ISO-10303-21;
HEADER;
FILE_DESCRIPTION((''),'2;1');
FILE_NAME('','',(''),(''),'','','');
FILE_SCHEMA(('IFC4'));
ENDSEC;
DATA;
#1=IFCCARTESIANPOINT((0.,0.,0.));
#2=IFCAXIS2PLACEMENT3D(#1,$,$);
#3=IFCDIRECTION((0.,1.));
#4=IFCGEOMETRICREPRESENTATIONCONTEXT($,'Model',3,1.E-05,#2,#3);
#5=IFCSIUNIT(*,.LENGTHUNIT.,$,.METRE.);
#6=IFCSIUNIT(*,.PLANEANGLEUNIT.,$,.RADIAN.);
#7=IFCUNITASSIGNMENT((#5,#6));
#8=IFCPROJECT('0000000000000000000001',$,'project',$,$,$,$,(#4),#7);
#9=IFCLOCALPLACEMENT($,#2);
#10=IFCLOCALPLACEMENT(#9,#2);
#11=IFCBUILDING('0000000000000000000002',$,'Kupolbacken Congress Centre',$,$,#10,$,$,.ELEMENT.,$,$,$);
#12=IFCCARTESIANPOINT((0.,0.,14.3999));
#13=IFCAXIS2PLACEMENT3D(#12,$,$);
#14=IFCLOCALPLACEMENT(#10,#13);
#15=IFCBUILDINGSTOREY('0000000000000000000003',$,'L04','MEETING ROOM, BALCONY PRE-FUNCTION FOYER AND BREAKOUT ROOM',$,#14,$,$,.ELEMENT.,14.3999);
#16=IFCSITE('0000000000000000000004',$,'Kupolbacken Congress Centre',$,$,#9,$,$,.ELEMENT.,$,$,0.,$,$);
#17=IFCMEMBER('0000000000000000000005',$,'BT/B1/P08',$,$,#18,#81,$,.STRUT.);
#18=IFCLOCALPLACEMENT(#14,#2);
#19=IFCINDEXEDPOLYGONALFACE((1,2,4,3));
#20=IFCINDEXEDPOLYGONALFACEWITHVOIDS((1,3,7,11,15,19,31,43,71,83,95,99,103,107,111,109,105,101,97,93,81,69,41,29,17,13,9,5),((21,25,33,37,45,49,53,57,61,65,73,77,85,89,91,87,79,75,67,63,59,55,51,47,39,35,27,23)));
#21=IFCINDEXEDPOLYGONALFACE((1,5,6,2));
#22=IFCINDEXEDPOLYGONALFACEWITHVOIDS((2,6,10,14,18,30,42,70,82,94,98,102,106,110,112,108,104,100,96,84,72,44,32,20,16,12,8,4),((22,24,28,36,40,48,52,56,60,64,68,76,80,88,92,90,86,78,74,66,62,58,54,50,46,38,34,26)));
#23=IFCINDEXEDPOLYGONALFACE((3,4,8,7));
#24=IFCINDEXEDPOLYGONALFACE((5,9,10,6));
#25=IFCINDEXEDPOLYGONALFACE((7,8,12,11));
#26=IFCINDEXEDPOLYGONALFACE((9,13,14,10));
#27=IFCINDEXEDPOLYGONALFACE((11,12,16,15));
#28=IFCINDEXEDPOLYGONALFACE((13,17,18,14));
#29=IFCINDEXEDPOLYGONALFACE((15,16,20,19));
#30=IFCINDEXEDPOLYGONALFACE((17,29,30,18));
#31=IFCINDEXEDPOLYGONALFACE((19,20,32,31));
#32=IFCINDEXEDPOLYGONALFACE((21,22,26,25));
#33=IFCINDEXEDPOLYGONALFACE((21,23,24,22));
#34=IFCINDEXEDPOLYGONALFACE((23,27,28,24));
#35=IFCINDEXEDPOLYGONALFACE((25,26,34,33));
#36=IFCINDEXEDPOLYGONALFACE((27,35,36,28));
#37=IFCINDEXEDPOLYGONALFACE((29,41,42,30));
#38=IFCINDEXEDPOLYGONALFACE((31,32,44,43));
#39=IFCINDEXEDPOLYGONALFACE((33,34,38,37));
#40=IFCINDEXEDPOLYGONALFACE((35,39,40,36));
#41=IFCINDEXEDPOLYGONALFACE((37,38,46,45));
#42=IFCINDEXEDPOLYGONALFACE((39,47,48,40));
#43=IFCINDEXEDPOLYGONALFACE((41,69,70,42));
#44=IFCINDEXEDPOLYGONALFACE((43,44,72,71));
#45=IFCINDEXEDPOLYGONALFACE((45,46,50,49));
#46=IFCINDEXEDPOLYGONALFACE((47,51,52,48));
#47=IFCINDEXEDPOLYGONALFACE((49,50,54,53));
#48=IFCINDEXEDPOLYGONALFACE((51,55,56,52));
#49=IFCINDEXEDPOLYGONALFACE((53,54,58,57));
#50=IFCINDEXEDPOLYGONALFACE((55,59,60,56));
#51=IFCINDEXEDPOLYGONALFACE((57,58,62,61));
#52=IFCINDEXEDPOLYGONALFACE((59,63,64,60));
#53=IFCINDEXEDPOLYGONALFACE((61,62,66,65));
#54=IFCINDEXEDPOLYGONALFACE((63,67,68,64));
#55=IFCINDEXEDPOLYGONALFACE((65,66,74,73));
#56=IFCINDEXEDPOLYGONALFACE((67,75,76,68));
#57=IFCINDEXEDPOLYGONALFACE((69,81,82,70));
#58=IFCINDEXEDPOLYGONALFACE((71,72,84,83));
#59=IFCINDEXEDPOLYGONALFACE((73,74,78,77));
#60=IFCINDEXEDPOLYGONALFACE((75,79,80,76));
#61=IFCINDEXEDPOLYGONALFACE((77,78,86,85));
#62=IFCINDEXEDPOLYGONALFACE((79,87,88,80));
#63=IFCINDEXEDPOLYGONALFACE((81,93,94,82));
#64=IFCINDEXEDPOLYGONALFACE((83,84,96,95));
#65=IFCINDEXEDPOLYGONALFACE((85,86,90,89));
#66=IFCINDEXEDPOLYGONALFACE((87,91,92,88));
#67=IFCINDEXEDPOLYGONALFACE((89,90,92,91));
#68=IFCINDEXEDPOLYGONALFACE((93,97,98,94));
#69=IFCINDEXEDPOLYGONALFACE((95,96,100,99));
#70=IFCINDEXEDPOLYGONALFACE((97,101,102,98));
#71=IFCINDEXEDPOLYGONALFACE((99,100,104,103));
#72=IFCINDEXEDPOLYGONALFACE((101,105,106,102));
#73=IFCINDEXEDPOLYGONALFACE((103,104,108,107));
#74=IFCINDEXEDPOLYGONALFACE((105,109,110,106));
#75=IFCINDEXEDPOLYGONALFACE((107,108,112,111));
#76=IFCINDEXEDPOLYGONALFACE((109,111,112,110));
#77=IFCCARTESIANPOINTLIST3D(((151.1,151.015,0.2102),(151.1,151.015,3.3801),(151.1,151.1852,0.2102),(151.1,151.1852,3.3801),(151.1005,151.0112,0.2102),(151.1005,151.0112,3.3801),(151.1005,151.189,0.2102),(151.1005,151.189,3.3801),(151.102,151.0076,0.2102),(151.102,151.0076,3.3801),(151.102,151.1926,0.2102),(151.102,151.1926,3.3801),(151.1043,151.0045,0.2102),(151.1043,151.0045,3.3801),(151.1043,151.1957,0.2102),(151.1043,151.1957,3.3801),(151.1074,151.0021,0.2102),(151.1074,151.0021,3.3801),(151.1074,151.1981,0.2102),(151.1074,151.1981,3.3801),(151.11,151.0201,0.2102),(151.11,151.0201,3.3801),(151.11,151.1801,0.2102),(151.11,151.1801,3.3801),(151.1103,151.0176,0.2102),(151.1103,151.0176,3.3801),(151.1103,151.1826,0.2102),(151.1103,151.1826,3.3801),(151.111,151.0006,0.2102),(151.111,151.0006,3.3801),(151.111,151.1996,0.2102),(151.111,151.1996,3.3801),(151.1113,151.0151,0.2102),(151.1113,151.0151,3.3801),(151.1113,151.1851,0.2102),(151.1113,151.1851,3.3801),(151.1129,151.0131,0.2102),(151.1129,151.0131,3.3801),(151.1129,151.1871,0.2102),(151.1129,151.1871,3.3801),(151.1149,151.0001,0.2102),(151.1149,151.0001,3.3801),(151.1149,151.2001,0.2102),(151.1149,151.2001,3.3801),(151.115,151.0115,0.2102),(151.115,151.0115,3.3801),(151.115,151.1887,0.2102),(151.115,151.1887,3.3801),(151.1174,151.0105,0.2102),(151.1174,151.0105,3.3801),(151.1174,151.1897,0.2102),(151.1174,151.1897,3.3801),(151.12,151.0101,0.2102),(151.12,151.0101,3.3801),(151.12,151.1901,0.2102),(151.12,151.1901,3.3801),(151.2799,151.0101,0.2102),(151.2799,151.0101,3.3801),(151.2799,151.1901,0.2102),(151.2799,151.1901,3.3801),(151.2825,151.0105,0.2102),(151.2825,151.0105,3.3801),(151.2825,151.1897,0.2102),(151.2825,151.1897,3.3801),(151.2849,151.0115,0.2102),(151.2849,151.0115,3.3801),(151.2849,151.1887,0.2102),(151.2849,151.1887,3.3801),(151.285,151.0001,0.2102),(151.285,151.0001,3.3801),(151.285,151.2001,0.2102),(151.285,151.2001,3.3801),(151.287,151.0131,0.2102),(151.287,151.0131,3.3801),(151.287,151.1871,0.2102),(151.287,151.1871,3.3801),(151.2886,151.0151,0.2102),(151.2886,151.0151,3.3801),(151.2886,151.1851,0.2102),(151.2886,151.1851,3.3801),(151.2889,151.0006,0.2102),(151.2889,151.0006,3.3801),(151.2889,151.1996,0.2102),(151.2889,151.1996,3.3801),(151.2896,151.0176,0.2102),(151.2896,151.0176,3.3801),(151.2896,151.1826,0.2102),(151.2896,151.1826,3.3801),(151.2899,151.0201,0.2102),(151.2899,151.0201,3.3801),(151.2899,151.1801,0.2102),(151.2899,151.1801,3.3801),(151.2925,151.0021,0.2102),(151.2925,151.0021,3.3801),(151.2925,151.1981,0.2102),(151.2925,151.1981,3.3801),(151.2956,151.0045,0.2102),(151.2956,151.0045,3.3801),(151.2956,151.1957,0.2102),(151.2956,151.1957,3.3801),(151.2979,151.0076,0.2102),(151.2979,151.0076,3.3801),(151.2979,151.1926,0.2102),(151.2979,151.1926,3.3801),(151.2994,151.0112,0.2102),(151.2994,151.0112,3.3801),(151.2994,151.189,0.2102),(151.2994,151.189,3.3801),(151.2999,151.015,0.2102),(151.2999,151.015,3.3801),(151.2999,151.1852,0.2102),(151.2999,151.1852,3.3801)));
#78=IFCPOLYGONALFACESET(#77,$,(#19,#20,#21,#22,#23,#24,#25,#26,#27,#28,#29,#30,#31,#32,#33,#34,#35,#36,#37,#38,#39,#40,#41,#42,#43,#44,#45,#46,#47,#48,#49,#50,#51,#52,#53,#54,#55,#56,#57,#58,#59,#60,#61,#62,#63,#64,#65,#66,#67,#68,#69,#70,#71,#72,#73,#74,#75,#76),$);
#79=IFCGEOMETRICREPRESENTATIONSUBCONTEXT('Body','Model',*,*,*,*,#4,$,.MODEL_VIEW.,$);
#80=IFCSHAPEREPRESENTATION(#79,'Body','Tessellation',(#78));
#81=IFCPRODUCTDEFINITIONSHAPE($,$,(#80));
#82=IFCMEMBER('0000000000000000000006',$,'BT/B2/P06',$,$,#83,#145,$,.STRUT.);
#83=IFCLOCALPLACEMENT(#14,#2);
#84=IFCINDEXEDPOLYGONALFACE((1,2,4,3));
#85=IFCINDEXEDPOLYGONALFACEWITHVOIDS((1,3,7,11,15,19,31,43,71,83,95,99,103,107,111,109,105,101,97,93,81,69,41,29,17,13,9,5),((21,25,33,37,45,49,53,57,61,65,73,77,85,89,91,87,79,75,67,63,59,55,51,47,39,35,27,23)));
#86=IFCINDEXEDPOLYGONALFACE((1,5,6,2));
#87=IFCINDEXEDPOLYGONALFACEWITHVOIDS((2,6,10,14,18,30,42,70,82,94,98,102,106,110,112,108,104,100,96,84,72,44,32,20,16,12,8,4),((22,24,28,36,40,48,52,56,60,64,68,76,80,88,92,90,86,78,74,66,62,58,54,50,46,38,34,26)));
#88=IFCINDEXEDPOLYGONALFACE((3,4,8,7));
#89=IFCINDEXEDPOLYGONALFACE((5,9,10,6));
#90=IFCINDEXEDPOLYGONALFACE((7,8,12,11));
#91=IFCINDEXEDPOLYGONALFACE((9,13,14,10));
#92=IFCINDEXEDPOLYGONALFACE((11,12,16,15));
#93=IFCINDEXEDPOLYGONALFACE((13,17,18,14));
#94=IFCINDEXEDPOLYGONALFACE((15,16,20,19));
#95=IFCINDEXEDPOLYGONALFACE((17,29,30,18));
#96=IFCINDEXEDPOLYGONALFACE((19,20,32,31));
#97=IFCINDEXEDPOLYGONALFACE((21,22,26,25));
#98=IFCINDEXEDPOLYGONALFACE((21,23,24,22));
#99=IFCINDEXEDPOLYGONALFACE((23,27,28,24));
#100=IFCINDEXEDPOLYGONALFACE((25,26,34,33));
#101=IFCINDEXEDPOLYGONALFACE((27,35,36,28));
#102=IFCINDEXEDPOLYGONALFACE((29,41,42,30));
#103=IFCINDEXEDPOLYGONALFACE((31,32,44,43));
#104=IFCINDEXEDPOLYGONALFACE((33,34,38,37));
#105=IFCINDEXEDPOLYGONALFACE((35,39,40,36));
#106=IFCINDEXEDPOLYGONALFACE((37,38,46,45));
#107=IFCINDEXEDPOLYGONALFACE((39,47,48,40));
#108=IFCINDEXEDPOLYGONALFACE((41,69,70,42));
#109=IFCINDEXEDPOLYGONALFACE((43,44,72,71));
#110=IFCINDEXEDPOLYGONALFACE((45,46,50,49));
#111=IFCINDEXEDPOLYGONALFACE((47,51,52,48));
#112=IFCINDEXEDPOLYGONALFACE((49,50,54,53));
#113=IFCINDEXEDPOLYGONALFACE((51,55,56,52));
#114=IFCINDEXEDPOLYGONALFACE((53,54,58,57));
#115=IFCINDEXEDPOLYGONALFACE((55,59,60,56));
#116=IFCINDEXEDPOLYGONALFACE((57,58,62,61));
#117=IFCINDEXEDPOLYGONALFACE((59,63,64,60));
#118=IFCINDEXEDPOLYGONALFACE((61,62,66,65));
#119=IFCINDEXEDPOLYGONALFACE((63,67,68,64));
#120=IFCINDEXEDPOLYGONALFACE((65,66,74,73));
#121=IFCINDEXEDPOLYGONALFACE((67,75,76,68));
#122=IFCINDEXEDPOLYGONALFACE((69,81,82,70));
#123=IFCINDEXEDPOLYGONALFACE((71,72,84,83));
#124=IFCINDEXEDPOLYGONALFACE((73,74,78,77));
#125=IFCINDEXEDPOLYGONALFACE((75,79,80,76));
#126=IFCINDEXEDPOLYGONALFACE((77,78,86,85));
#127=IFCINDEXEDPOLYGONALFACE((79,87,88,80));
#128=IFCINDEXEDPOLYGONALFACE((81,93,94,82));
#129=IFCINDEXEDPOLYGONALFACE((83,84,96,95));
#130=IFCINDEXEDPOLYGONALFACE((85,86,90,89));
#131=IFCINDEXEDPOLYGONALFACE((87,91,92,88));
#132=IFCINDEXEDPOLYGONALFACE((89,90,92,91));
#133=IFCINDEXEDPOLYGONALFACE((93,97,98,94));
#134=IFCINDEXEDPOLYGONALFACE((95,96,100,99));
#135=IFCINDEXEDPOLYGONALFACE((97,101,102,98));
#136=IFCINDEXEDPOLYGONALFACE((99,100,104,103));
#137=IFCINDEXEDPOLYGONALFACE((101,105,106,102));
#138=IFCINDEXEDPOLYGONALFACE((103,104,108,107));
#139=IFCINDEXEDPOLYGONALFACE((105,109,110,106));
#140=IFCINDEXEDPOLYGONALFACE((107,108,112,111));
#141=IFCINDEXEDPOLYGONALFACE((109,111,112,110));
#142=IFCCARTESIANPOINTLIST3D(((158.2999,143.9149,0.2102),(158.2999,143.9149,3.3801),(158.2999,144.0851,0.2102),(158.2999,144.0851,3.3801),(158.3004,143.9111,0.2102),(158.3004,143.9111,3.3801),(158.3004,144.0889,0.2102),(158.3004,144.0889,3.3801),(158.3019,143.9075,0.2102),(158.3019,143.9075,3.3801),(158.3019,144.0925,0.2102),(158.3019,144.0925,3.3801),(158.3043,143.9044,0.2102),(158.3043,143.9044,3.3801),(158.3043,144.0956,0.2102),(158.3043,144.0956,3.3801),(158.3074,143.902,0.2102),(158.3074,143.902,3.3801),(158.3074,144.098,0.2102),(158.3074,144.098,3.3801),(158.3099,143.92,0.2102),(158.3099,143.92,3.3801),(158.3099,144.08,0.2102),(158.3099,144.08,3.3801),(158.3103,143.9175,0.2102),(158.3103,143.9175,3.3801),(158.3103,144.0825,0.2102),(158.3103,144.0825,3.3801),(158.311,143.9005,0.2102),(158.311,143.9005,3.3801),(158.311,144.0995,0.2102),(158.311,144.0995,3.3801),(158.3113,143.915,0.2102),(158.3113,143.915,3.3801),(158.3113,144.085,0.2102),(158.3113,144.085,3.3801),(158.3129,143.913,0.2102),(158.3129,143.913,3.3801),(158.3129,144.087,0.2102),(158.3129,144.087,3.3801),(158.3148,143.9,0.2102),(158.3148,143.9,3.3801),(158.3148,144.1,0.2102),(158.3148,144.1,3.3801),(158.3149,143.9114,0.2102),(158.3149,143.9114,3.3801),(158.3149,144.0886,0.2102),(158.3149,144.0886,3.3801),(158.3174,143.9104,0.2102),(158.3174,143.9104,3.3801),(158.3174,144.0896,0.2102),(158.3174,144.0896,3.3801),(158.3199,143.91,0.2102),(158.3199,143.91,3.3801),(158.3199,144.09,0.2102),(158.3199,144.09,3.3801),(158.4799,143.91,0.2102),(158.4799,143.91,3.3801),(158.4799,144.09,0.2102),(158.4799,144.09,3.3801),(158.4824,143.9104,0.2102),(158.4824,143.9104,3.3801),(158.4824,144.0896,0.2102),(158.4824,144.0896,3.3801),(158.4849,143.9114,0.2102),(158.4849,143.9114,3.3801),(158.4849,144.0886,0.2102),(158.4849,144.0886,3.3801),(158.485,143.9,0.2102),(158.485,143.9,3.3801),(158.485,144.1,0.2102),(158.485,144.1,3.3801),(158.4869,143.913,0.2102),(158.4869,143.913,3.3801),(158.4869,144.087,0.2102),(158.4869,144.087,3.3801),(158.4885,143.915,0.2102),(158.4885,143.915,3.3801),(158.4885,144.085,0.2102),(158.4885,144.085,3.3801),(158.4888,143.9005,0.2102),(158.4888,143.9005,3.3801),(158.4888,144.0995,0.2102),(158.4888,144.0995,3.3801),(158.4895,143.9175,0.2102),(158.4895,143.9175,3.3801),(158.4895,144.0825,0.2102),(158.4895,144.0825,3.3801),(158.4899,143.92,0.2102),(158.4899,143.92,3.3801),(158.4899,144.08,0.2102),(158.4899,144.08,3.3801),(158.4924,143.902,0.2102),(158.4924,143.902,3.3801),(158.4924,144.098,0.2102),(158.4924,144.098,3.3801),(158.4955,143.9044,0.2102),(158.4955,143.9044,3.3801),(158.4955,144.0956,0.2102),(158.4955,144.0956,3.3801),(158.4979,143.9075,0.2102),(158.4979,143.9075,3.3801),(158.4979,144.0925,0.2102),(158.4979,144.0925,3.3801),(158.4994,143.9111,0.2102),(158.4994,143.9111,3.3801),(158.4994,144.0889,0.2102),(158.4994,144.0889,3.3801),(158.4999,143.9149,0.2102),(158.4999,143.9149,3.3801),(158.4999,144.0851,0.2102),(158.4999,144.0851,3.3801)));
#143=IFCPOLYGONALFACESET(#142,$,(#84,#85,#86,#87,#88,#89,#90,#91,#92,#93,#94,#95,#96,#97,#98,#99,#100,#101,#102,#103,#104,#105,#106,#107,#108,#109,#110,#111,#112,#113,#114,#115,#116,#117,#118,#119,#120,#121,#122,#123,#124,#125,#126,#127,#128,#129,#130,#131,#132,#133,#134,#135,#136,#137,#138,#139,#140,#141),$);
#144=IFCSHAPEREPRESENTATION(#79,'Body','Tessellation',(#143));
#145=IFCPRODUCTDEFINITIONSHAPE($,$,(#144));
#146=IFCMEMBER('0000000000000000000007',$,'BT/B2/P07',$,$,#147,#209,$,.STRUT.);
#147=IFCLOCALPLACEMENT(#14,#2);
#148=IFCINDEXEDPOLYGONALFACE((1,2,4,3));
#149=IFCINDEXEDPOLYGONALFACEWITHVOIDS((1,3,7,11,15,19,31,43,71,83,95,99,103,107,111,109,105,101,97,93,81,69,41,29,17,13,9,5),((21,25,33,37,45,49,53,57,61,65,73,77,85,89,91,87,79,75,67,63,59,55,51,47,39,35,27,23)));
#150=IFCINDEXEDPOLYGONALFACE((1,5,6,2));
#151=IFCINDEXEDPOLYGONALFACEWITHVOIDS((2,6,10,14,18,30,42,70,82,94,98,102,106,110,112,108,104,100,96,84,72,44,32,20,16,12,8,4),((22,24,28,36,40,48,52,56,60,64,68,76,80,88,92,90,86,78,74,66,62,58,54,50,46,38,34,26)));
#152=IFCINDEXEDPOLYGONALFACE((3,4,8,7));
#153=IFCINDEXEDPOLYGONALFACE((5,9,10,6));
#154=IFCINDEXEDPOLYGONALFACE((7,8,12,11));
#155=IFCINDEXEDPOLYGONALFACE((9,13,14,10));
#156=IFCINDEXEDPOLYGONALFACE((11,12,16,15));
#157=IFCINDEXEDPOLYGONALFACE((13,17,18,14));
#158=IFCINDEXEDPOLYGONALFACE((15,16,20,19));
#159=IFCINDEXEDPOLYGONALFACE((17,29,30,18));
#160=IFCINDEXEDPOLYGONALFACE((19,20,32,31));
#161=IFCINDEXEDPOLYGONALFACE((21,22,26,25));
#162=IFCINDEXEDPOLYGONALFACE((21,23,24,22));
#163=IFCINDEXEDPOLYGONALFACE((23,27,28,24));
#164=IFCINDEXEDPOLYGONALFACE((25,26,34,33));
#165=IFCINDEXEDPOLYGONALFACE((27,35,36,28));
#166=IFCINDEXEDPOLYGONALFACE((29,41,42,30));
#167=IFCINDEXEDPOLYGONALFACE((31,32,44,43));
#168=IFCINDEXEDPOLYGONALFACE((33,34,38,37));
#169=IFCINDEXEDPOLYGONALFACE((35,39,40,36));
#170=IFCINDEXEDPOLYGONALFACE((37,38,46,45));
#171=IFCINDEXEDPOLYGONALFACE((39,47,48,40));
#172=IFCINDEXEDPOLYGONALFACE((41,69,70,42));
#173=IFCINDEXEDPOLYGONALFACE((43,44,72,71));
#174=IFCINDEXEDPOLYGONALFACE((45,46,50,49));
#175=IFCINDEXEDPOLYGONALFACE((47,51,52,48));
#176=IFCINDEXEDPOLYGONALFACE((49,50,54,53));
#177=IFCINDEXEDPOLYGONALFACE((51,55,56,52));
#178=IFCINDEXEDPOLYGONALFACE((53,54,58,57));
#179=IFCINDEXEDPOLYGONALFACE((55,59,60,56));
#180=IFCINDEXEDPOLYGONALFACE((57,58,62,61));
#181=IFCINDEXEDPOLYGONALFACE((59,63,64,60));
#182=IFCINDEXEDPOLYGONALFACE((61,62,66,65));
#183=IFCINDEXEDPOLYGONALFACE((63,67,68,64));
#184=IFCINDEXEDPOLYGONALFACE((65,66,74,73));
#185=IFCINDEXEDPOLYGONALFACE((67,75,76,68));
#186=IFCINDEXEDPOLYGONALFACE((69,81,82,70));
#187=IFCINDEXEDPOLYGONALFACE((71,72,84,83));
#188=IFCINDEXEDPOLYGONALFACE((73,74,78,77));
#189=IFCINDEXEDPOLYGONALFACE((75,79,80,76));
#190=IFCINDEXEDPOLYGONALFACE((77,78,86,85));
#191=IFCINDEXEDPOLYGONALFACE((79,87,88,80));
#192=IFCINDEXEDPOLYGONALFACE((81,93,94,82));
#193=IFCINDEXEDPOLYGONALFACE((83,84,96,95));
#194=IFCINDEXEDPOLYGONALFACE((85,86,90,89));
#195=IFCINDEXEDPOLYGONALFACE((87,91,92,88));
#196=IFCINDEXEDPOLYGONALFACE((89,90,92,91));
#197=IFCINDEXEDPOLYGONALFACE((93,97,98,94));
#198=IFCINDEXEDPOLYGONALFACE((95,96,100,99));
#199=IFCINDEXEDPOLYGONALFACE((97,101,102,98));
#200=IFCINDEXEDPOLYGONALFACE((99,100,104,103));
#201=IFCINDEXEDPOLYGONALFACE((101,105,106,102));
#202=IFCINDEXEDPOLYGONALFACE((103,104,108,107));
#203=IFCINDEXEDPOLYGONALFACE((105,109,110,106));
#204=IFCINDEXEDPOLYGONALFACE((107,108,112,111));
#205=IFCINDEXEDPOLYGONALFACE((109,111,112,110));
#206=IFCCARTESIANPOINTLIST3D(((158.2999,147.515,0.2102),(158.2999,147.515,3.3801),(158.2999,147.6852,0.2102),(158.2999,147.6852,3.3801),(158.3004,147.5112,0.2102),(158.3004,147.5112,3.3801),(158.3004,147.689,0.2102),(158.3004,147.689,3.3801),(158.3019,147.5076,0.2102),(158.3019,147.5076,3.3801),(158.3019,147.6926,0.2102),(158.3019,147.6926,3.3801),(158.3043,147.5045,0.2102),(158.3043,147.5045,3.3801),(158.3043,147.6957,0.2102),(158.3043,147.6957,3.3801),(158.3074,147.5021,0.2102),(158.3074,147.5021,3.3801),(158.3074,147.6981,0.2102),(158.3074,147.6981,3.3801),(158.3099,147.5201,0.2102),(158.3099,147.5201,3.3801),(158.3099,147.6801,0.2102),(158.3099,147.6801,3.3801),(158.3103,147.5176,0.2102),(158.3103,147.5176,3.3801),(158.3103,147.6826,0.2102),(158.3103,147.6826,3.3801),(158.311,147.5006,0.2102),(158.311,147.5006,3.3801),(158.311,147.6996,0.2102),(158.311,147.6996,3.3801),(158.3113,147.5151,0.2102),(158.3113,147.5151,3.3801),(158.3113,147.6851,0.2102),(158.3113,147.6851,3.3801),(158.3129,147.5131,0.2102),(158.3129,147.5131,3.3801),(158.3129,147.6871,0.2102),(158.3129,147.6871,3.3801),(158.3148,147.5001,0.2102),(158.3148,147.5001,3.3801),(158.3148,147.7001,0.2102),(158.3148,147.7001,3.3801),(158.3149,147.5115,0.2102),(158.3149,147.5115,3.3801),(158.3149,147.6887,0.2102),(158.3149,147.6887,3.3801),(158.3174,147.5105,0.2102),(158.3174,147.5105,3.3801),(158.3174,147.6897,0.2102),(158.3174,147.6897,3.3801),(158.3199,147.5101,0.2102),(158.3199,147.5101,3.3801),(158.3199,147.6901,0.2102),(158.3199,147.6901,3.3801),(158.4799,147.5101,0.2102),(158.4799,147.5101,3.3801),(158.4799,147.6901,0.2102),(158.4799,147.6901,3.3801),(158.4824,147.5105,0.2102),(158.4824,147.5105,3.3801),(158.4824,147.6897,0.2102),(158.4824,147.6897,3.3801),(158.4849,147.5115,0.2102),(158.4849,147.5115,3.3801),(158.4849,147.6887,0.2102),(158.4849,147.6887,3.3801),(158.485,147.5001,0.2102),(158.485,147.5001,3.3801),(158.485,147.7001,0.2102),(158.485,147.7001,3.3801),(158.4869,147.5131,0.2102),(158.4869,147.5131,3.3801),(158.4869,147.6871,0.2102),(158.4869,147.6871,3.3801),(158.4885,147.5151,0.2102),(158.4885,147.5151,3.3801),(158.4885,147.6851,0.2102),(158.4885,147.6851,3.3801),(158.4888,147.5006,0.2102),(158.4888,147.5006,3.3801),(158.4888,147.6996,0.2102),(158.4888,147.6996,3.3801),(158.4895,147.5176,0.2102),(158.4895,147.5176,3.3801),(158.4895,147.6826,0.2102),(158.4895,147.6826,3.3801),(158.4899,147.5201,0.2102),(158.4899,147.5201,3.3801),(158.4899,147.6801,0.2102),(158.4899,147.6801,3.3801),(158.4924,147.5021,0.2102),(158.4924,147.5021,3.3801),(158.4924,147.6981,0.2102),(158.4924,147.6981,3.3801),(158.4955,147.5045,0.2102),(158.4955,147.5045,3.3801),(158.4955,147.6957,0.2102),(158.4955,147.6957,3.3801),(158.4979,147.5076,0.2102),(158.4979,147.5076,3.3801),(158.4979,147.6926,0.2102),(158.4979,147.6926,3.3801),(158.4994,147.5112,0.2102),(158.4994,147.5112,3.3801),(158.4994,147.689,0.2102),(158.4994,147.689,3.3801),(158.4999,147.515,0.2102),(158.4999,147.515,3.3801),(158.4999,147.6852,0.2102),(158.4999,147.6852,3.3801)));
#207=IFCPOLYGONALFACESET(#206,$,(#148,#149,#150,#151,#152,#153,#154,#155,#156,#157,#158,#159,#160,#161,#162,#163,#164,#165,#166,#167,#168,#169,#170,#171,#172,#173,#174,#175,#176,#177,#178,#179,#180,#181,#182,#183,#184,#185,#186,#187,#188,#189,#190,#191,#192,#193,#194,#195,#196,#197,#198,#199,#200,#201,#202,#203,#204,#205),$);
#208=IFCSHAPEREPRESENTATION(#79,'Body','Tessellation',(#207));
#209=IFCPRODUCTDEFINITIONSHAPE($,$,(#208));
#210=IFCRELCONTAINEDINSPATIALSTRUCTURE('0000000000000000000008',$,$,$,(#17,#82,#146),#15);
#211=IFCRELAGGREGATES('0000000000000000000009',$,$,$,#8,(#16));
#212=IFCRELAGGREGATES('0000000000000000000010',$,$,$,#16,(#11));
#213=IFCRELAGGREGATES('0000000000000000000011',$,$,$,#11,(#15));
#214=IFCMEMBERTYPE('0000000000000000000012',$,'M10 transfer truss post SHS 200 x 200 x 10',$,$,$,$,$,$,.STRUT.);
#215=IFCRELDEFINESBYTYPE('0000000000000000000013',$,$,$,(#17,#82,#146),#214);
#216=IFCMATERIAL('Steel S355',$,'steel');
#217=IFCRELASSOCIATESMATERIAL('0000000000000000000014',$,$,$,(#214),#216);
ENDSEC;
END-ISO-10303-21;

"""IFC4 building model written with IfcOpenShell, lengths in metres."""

from ifc_helpers import new_model, si_unit, direction, frame, origin, origin_2d, place, context, subcontext, project, spatial, hollow_rectangle, extrude, material, material_profile, profile_set, type_object, element, save


model = new_model("IFC4")

# Units and contexts
model_context = context("Model", 3, precision=1e-05, world=origin(), true_north=direction((0.0, 1.0)))
body_context = subcontext(model_context, "Body", "Model", "MODEL_VIEW")
ifc_project = project(units=[si_unit("LENGTHUNIT", "METRE"), si_unit("PLANEANGLEUNIT", "RADIAN")], contexts=[model_context])

# Site, building, storey
site_placement = place(None, origin())
site = spatial("IfcSite", under=ifc_project, at=site_placement, Name="Kupolbacken Congress Centre", CompositionType="ELEMENT", RefElevation=0.0)
building_placement = place(site_placement, origin())
building = spatial("IfcBuilding", under=site, at=building_placement, Name="Kupolbacken Congress Centre", CompositionType="ELEMENT")
storey_placement = place(building_placement, frame((0.0, 0.0, 14.3999)))
storey = spatial("IfcBuildingStorey", under=building, at=storey_placement, Name="L04", Description="MEETING ROOM, BALCONY PRE-FUNCTION FOYER AND BREAKOUT ROOM", CompositionType="ELEMENT", Elevation=14.3999)

# Members
ifc_material_1 = material(Name="Steel S355", Category="steel")
ifc_material_profile_1 = material_profile(ifc_material_1, hollow_rectangle(XDim=0.2, YDim=0.2, WallThickness=0.01, InnerFilletRadius=0.01, OuterFilletRadius=0.0149, at=origin_2d()), Name="SHS 200 x 200 x 10")
ifc_profile_set_1 = profile_set([ifc_material_profile_1], Name="Steel S355")
member_type_1 = type_object("IfcMemberType", Name="M10 transfer truss post SHS 200 x 200 x 10", PredefinedType="STRUT", material=ifc_profile_set_1)
for number, where, z_axis, x_axis, name in (
    (1, (151.2, 151.1001, 0.2102), (0.0, 0.0, 1.0), (0.0, 1.0, 0.0), "BT/B1/P08"),
    (2, (158.3999, 144.0, 0.2102), (0.0, 0.0, 1.0), (0.0, 1.0, 0.0), "BT/B2/P06"),
    (3, (158.3999, 147.6001, 0.2102), (0.0, 0.0, 1.0), (0.0, 1.0, 0.0), "BT/B2/P07"),
):
    element("IfcMember", number, at=place(storey_placement, frame(where, z_axis=z_axis, x_axis=x_axis)), inside=storey, type_object=member_type_1, Name=name, PredefinedType="STRUT", context=body_context, shape_type="SweptSolid", body=[
        extrude(hollow_rectangle(XDim=0.2, YDim=0.2, WallThickness=0.01, InnerFilletRadius=0.01, OuterFilletRadius=0.0149, at=origin_2d()), origin(), (0.0, 0.0, 1.0), 3.1699),
    ])

save(model, "model.ifc")
